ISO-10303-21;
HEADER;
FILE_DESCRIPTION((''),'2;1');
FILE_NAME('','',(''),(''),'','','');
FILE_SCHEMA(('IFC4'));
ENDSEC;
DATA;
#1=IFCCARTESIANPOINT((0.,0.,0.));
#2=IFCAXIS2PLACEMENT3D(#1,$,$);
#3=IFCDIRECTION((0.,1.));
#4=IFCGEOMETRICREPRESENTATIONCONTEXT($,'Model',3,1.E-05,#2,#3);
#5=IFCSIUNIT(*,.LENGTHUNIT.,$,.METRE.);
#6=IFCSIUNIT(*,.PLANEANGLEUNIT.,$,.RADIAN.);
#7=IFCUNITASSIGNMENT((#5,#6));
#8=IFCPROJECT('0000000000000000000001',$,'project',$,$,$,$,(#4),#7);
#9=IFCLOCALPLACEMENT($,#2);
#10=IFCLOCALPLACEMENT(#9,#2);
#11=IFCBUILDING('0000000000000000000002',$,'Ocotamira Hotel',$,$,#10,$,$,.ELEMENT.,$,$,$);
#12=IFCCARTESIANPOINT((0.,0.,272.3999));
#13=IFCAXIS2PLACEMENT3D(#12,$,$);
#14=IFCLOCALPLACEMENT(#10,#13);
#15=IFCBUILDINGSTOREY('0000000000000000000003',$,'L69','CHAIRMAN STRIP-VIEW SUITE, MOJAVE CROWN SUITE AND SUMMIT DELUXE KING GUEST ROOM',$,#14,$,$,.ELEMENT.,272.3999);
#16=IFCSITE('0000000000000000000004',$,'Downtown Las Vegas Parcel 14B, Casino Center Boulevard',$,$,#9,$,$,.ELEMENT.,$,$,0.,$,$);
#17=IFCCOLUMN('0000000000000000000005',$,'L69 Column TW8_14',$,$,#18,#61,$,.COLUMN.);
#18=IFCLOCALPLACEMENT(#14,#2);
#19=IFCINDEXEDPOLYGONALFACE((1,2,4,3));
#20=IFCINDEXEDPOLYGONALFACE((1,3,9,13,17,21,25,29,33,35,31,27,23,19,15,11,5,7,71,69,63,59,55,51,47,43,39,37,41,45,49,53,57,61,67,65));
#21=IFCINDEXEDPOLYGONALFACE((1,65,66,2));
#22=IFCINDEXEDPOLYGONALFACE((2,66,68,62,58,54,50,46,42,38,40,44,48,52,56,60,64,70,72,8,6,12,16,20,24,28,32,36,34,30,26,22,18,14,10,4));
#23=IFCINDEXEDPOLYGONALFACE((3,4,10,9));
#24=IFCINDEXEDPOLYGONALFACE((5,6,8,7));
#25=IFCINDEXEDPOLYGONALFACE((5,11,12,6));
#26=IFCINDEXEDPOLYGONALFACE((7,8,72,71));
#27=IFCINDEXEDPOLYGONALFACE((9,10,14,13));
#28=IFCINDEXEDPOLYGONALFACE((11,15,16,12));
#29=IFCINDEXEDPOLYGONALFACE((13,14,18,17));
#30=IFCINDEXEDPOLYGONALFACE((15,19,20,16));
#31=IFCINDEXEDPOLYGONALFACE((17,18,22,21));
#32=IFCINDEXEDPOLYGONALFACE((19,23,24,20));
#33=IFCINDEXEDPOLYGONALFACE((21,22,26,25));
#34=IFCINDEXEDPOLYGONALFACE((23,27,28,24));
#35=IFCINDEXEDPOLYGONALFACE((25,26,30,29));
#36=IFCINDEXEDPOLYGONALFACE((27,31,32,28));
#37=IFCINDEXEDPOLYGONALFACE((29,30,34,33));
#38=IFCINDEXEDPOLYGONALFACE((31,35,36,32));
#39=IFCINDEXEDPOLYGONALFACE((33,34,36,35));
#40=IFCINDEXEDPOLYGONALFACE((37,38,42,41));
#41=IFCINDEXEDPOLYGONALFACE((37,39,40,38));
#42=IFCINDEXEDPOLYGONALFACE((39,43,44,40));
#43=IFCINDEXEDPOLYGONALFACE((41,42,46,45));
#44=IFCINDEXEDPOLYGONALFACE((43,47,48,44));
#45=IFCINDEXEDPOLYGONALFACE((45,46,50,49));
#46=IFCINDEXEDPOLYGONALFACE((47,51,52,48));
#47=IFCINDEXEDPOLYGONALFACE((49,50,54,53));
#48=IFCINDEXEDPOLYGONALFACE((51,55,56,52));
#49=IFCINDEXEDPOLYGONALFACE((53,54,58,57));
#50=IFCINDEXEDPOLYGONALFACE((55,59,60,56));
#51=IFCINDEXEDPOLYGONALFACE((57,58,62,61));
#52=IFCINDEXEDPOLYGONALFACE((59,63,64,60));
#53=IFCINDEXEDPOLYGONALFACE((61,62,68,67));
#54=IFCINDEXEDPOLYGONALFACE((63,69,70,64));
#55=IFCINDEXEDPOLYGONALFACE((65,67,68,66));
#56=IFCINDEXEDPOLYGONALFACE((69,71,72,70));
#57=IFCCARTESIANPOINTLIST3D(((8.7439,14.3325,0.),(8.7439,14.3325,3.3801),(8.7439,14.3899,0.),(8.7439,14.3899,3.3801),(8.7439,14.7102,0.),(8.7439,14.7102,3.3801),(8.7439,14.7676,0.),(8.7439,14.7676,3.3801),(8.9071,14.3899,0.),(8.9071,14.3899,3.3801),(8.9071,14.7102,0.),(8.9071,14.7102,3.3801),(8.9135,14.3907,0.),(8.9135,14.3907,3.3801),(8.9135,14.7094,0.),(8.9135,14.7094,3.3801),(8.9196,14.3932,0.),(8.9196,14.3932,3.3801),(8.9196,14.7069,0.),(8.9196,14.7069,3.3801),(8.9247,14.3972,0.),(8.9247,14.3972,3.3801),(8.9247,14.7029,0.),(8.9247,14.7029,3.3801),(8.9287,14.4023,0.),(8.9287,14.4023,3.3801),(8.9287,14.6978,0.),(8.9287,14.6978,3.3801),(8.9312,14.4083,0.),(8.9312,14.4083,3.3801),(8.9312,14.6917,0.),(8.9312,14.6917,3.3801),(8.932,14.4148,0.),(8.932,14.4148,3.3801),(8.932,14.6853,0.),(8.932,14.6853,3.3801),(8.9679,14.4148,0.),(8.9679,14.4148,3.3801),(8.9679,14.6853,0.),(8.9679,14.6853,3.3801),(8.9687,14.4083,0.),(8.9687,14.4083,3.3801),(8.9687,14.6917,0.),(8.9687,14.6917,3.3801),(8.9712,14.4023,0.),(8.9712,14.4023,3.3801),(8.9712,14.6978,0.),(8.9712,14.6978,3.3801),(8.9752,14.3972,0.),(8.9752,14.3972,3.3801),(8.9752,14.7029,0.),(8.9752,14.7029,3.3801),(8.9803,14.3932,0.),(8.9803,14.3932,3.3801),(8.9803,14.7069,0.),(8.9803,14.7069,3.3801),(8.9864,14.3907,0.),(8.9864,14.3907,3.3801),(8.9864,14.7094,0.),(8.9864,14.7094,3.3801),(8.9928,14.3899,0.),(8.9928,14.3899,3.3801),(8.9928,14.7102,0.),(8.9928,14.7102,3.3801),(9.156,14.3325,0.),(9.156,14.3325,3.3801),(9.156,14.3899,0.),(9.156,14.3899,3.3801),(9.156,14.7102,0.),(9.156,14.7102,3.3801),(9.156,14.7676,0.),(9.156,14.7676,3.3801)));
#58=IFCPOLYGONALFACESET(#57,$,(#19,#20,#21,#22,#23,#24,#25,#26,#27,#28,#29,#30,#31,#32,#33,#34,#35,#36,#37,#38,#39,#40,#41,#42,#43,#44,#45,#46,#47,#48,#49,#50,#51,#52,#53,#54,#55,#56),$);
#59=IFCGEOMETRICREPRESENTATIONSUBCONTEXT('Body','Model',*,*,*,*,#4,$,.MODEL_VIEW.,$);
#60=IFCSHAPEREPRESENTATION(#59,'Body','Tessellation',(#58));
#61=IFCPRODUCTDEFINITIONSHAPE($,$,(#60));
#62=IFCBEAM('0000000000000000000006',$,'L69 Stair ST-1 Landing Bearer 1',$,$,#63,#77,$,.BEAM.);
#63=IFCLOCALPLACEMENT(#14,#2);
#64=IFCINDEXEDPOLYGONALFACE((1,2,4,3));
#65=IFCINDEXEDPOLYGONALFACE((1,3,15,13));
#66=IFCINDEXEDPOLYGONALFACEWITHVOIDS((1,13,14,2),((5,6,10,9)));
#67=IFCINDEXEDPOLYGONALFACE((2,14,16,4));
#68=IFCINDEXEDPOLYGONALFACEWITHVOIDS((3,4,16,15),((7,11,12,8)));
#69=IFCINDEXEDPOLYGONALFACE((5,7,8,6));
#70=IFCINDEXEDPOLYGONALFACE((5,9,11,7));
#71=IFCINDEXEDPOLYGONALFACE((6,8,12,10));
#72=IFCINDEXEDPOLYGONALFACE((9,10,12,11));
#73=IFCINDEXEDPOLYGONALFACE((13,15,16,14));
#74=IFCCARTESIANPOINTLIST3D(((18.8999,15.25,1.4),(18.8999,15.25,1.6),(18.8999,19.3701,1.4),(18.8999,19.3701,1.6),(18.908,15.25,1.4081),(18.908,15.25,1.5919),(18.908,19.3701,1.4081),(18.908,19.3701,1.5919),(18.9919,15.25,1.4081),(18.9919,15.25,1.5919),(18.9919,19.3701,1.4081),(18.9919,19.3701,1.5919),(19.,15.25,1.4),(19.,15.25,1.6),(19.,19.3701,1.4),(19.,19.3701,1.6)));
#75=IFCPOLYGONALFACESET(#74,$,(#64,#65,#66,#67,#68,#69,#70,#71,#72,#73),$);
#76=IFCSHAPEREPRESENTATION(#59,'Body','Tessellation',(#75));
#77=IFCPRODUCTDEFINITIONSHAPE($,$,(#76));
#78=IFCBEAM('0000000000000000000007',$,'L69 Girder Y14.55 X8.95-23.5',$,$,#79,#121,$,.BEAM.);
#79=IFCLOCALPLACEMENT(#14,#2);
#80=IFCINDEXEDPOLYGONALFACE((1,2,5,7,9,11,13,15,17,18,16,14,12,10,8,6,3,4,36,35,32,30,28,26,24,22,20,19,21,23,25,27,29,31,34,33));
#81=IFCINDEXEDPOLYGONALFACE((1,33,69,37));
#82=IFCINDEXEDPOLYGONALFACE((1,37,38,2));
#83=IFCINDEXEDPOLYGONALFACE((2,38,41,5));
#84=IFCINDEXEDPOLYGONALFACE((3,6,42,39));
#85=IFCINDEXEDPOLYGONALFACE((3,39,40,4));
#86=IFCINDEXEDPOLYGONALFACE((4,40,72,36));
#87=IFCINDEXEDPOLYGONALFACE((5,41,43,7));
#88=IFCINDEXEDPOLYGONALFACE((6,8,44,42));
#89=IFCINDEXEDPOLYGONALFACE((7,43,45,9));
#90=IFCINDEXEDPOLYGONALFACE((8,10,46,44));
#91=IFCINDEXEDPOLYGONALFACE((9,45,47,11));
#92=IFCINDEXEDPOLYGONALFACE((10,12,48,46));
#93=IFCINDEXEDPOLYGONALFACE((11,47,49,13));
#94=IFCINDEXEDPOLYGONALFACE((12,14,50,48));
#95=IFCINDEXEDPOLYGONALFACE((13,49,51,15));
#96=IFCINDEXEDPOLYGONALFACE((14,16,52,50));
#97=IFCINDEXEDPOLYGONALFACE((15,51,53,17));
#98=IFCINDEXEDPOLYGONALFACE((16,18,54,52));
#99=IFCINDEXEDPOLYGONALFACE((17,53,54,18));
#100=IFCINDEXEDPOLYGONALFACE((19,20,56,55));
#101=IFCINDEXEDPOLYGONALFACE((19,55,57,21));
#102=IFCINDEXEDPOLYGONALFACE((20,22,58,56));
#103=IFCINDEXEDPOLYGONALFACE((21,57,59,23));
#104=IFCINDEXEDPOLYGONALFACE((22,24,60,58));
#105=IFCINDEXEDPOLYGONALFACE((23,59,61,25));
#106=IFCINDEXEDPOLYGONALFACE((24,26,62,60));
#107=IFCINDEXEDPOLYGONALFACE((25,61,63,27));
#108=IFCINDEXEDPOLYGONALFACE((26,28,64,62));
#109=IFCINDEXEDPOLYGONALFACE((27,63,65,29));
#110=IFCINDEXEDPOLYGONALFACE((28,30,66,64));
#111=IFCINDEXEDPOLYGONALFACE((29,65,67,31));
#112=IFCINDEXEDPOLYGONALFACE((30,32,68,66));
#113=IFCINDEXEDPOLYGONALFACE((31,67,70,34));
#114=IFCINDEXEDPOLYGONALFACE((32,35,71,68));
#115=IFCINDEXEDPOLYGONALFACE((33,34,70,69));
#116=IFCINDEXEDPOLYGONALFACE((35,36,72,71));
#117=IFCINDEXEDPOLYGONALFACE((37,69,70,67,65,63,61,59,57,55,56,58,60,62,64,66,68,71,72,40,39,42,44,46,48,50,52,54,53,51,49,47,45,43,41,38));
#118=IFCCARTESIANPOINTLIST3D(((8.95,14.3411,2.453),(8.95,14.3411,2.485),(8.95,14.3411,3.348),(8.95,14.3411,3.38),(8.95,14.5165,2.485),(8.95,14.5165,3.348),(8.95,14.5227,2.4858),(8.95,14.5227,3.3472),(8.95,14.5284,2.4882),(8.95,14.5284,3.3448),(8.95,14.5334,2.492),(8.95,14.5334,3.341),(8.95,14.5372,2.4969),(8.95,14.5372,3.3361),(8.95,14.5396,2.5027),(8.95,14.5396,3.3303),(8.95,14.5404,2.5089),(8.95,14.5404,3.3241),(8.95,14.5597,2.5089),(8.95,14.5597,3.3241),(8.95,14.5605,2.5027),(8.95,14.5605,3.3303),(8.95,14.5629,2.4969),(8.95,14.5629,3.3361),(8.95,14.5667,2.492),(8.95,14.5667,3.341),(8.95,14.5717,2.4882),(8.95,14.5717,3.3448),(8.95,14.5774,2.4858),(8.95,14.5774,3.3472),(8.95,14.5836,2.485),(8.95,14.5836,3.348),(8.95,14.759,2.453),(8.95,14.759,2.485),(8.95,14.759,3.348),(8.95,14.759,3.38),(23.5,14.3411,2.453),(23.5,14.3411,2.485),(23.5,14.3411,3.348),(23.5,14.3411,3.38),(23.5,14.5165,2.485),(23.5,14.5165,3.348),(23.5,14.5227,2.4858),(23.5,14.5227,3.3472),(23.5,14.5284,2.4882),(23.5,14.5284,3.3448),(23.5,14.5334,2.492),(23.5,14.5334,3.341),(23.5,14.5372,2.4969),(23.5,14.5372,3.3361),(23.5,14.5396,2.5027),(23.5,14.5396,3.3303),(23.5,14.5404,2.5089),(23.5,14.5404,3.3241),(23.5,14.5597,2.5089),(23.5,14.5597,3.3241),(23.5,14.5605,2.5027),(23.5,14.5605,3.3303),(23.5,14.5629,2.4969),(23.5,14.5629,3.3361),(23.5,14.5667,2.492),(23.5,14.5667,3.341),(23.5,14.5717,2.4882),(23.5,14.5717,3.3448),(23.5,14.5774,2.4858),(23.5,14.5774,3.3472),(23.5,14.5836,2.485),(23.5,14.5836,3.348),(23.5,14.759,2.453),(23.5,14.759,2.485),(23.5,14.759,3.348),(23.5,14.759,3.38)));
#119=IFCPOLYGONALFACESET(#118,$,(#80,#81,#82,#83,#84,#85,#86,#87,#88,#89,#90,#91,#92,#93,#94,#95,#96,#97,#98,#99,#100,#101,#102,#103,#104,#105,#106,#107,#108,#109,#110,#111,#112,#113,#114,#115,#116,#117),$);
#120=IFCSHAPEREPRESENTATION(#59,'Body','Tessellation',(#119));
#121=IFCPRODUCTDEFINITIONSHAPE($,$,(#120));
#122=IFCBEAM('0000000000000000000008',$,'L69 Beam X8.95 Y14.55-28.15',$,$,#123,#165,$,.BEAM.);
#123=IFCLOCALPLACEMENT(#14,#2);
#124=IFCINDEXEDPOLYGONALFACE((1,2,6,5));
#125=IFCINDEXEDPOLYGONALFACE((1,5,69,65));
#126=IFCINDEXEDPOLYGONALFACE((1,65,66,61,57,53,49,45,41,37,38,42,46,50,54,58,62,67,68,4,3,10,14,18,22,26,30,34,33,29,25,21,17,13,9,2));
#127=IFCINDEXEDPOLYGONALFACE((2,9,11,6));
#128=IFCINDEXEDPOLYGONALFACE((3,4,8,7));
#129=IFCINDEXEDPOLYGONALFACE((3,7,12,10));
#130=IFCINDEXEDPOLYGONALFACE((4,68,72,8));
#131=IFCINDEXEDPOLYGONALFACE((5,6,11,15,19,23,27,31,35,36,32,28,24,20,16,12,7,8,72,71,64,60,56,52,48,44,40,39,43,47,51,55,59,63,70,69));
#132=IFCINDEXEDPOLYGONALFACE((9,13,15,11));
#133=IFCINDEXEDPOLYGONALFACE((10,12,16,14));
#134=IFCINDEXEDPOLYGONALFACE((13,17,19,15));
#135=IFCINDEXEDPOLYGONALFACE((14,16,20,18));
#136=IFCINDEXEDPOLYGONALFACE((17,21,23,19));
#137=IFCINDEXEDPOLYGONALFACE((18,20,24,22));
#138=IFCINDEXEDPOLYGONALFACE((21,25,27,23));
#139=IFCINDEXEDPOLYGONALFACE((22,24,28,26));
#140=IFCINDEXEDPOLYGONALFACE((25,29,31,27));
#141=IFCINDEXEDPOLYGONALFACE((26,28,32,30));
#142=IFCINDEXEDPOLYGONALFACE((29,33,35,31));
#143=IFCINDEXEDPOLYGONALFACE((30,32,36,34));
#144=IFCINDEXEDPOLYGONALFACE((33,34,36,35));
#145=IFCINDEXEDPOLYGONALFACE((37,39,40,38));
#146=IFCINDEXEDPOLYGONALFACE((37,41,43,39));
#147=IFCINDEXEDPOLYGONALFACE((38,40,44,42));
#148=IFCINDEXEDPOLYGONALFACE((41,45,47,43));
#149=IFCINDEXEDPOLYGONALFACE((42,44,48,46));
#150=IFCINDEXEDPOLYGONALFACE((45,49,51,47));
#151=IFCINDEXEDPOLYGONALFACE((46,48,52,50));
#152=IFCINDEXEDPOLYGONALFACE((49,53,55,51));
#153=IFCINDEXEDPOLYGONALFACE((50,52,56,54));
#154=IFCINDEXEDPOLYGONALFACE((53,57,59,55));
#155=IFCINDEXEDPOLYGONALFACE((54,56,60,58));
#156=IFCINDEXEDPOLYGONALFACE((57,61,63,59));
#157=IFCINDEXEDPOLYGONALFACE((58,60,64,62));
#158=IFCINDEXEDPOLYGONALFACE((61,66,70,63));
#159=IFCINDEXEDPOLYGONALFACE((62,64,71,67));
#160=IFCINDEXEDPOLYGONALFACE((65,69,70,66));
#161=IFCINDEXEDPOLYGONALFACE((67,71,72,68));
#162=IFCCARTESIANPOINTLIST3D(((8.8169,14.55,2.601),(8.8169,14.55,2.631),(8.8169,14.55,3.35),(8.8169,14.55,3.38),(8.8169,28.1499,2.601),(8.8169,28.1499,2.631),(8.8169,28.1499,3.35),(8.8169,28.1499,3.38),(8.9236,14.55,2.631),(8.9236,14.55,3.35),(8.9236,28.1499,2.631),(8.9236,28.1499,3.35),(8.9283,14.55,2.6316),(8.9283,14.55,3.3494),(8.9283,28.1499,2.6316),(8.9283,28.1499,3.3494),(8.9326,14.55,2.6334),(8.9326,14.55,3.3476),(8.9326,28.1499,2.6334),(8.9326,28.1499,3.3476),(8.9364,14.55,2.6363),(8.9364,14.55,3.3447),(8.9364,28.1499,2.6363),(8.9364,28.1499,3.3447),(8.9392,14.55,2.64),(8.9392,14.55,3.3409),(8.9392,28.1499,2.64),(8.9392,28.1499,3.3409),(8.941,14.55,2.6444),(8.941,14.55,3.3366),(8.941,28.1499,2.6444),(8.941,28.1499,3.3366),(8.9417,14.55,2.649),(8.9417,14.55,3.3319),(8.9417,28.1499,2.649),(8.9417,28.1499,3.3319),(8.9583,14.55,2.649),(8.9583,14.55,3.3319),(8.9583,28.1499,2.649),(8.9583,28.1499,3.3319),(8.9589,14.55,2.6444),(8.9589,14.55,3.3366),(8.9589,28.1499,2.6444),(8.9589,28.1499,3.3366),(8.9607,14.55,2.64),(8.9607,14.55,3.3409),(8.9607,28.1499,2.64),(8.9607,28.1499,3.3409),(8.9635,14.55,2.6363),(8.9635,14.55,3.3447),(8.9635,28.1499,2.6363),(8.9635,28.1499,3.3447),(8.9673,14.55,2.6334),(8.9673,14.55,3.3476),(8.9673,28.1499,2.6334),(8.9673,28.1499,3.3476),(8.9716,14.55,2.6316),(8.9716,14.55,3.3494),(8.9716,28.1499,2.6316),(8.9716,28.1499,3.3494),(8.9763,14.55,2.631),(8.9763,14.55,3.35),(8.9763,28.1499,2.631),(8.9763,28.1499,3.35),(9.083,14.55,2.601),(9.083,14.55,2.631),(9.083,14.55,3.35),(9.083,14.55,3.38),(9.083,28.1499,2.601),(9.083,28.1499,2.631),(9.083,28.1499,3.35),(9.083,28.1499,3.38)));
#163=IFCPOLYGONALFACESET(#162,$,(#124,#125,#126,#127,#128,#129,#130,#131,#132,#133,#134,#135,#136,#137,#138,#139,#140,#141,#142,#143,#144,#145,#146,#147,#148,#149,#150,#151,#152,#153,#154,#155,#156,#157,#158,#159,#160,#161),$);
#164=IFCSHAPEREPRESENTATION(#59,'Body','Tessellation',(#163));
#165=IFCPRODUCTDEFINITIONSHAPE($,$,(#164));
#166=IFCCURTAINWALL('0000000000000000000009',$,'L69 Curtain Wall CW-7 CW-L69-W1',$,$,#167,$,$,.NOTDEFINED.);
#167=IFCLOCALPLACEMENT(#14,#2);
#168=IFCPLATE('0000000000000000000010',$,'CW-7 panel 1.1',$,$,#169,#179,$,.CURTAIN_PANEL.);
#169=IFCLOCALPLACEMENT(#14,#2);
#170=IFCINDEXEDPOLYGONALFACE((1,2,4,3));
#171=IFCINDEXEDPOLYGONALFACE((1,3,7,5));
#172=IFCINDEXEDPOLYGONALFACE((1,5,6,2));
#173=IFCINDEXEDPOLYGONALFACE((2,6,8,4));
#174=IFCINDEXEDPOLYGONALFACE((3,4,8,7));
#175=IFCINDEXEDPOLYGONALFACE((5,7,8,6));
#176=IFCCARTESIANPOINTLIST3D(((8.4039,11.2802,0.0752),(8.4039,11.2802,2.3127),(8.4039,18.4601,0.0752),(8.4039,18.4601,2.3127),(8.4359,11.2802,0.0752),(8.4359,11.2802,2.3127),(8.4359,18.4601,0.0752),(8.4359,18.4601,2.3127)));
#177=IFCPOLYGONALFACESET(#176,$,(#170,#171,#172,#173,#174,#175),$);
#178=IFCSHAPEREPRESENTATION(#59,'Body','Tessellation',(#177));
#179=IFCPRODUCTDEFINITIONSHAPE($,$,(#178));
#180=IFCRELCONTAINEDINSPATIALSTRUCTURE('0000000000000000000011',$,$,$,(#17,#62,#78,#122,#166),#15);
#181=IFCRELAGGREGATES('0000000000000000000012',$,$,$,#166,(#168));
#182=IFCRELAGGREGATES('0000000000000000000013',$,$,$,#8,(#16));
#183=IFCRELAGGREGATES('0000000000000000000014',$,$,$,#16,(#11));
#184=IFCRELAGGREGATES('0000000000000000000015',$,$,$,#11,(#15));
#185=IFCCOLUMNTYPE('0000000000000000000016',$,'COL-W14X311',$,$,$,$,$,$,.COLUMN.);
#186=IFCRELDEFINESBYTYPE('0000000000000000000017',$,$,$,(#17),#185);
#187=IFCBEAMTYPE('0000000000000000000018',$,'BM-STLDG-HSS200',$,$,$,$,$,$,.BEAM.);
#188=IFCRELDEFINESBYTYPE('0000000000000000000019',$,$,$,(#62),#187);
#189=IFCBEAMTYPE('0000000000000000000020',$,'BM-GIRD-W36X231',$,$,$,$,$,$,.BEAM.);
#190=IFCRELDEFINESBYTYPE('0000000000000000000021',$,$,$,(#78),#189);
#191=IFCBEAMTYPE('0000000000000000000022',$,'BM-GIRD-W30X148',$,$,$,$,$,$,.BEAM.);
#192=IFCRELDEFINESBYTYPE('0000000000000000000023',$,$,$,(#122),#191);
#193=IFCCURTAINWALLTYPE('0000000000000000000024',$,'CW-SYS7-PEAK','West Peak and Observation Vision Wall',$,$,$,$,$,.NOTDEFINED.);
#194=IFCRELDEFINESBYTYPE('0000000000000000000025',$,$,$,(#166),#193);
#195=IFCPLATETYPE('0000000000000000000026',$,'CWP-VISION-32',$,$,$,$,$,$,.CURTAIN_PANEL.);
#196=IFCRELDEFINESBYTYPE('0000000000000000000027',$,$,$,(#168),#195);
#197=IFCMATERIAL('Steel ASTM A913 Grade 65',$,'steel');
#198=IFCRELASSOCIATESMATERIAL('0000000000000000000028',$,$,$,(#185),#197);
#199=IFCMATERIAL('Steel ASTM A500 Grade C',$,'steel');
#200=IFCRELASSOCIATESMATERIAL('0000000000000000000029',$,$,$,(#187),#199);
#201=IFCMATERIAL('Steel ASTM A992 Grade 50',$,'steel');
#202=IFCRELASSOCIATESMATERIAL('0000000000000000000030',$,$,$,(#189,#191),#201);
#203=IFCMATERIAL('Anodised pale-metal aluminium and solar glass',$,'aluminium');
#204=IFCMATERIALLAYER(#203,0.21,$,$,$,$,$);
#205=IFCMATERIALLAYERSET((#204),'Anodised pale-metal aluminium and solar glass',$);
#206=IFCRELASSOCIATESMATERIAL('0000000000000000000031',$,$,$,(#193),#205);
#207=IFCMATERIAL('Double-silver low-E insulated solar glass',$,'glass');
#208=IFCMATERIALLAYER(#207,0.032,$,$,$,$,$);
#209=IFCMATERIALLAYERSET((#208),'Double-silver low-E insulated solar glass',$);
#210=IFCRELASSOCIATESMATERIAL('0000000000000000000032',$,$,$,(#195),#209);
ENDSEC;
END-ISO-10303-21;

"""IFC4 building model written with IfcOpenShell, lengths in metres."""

from ifc_helpers import new_model, si_unit, direction, frame, origin, origin_2d, place, context, subcontext, project, spatial, rectangle, hollow_rectangle, i_section, extrude, source, transform, mapped, material, layer, layer_set, material_profile, profile_set, type_object, element, aggregate, save


model = new_model("IFC4")

# Units and contexts
model_context = context("Model", 3, precision=1e-05, world=origin(), true_north=direction((0.0, 1.0)))
body_context = subcontext(model_context, "Body", "Model", "MODEL_VIEW")
ifc_project = project(units=[si_unit("LENGTHUNIT", "METRE"), si_unit("PLANEANGLEUNIT", "RADIAN")], contexts=[model_context])

# Site, building, storey
site_placement = place(None, origin())
site = spatial("IfcSite", under=ifc_project, at=site_placement, Name="Downtown Las Vegas Parcel 14B, Casino Center Boulevard", CompositionType="ELEMENT", RefElevation=0.0)
building_placement = place(site_placement, origin())
building = spatial("IfcBuilding", under=site, at=building_placement, Name="Ocotamira Hotel", CompositionType="ELEMENT")
storey_placement = place(building_placement, frame((0.0, 0.0, 272.3999)))
storey = spatial("IfcBuildingStorey", under=building, at=storey_placement, Name="L69", Description="CHAIRMAN STRIP-VIEW SUITE, MOJAVE CROWN SUITE AND SUMMIT DELUXE KING GUEST ROOM", CompositionType="ELEMENT", Elevation=272.3999)

# Column
ifc_material_1 = material(Name="Steel ASTM A913 Grade 65", Category="steel")
ifc_material_profile_1 = material_profile(ifc_material_1, i_section(OverallWidth=0.4121, OverallDepth=0.4351, WebThickness=0.0359, FlangeThickness=0.0574, FilletRadius=0.0249, at=origin_2d()), Name="W14X311")
ifc_profile_set_1 = profile_set([ifc_material_profile_1], Name="Steel ASTM A913 Grade 65")
column_type = type_object("IfcColumnType", Name="COL-W14X311", PredefinedType="COLUMN", material=ifc_profile_set_1)
shared_shape_1 = source(origin(), body_context, "Body", "SweptSolid", [
    extrude(i_section(OverallWidth=0.4121, OverallDepth=0.4351, WebThickness=0.0359, FlangeThickness=0.0574, FilletRadius=0.0249, at=origin_2d()), origin(), (0.0, 0.0, 1.0), 3.3801),
])
column_placement = place(storey_placement, frame((8.95, 14.55, 0.0), z_axis=(0.0, 0.0, 1.0), x_axis=(1.0, 0.0, 0.0)))
element("IfcColumn", 1, at=column_placement, inside=storey, type_object=column_type, Name="L69 Column TW8_14", PredefinedType="COLUMN", context=body_context, shape_type="MappedRepresentation", body=[
    mapped(shared_shape_1, transform((0.0, 0.0, 0.0), scale=1.0)),
])

# Beams
ifc_material_2 = material(Name="Steel ASTM A500 Grade C", Category="steel")
ifc_material_profile_2 = material_profile(ifc_material_2, hollow_rectangle(XDim=0.1001, YDim=0.2, WallThickness=0.0081, at=origin_2d()), Name="HSS200X100X8")
ifc_profile_set_2 = profile_set([ifc_material_profile_2], Name="Steel ASTM A500 Grade C")
beam_type_1 = type_object("IfcBeamType", Name="BM-STLDG-HSS200", PredefinedType="BEAM", material=ifc_profile_set_2)
shared_shape_2 = source(origin(), body_context, "Body", "SweptSolid", [
    extrude(hollow_rectangle(XDim=0.1001, YDim=0.2, WallThickness=0.0081, at=origin_2d()), origin(), (0.0, 0.0, 1.0), 4.1201),
])
beam_1_placement = place(storey_placement, frame((18.95, 15.25, 1.5), z_axis=(0.0, 1.0, 0.0), x_axis=(-1.0, 0.0, 0.0)))
element("IfcBeam", 2, at=beam_1_placement, inside=storey, type_object=beam_type_1, Name="L69 Stair ST-1 Landing Bearer 1", PredefinedType="BEAM", context=body_context, shape_type="MappedRepresentation", body=[
    mapped(shared_shape_2, transform((0.0, 0.0, 0.0), scale=1.0)),
])
ifc_material_3 = material(Name="Steel ASTM A992 Grade 50", Category="steel")
ifc_material_profile_3 = material_profile(ifc_material_3, i_section(OverallWidth=0.418, OverallDepth=0.927, WebThickness=0.0193, FlangeThickness=0.032, FilletRadius=0.0239, at=origin_2d()), Name="W36X231")
ifc_profile_set_3 = profile_set([ifc_material_profile_3], Name="Steel ASTM A992 Grade 50")
beam_type_2 = type_object("IfcBeamType", Name="BM-GIRD-W36X231", PredefinedType="BEAM", material=ifc_profile_set_3)
shared_shape_3 = source(origin(), body_context, "Body", "SweptSolid", [
    extrude(i_section(OverallWidth=0.418, OverallDepth=0.927, WebThickness=0.0193, FlangeThickness=0.032, FilletRadius=0.0239, at=origin_2d()), origin(), (0.0, 0.0, 1.0), 14.55),
])
beam_2_placement = place(storey_placement, frame((8.95, 14.55, 2.9165), z_axis=(1.0, 0.0, 0.0), x_axis=(0.0, 1.0, 0.0)))
element("IfcBeam", 3, at=beam_2_placement, inside=storey, type_object=beam_type_2, Name="L69 Girder Y14.55 X8.95-23.5", PredefinedType="BEAM", context=body_context, shape_type="MappedRepresentation", body=[
    mapped(shared_shape_3, transform((0.0, 0.0, 0.0), scale=1.0)),
])
ifc_material_profile_4 = material_profile(ifc_material_3, i_section(OverallWidth=0.2661, OverallDepth=0.7791, WebThickness=0.0166, FlangeThickness=0.03, FilletRadius=0.0181, at=origin_2d()), Name="W30X148")
ifc_profile_set_4 = profile_set([ifc_material_profile_4], Name="Steel ASTM A992 Grade 50")
beam_type_3 = type_object("IfcBeamType", Name="BM-GIRD-W30X148", PredefinedType="BEAM", material=ifc_profile_set_4)
shared_shape_4 = source(origin(), body_context, "Body", "SweptSolid", [
    extrude(i_section(OverallWidth=0.2661, OverallDepth=0.7791, WebThickness=0.0166, FlangeThickness=0.03, FilletRadius=0.0181, at=origin_2d()), origin(), (0.0, 0.0, 1.0), 13.5999),
])
beam_3_placement = place(storey_placement, frame((8.95, 14.55, 2.9905), z_axis=(0.0, 1.0, 0.0), x_axis=(-1.0, 0.0, 0.0)))
element("IfcBeam", 4, at=beam_3_placement, inside=storey, type_object=beam_type_3, Name="L69 Beam X8.95 Y14.55-28.15", PredefinedType="BEAM", context=body_context, shape_type="MappedRepresentation", body=[
    mapped(shared_shape_4, transform((0.0, 0.0, 0.0), scale=1.0)),
])

# Curtain wall, plate
ifc_material_4 = material(Name="Anodised pale-metal aluminium and solar glass", Category="aluminium")
ifc_layer_1 = layer(ifc_material_4, 0.21)
ifc_layer_set_1 = layer_set([ifc_layer_1], Name="Anodised pale-metal aluminium and solar glass")
curtain_wall_type = type_object("IfcCurtainWallType", Name="CW-SYS7-PEAK", Description="West Peak and Observation Vision Wall", PredefinedType="NOTDEFINED", material=ifc_layer_set_1)
curtain_wall_placement = place(storey_placement, origin())
curtain_wall = element("IfcCurtainWall", 5, at=curtain_wall_placement, inside=storey, type_object=curtain_wall_type, Name="L69 Curtain Wall CW-7 CW-L69-W1", PredefinedType="NOTDEFINED")
ifc_material_5 = material(Name="Double-silver low-E insulated solar glass", Category="glass")
ifc_layer_2 = layer(ifc_material_5, 0.032)
ifc_layer_set_2 = layer_set([ifc_layer_2], Name="Double-silver low-E insulated solar glass")
plate_type = type_object("IfcPlateType", Name="CWP-VISION-32", PredefinedType="CURTAIN_PANEL", material=ifc_layer_set_2)
shared_shape_5 = source(origin(), body_context, "Body", "SweptSolid", [
    extrude(rectangle(XDim=7.1799, YDim=0.032, at=origin_2d()), origin(), (0.0, 0.0, 1.0), 2.2375),
])
plate_1_placement = place(storey_placement, frame((8.4199, 14.8701, 0.0752), z_axis=(0.0, 0.0, 1.0), x_axis=(0.0, 1.0, 0.0)))
plate_1 = element("IfcPlate", 6, at=plate_1_placement, type_object=plate_type, Name="CW-7 panel 1.1", PredefinedType="CURTAIN_PANEL", context=body_context, shape_type="MappedRepresentation", body=[
    mapped(shared_shape_5, transform((0.0, 0.0, 0.0), scale=1.0)),
])
aggregate(curtain_wall, [plate_1])

save(model, "model.ifc")
